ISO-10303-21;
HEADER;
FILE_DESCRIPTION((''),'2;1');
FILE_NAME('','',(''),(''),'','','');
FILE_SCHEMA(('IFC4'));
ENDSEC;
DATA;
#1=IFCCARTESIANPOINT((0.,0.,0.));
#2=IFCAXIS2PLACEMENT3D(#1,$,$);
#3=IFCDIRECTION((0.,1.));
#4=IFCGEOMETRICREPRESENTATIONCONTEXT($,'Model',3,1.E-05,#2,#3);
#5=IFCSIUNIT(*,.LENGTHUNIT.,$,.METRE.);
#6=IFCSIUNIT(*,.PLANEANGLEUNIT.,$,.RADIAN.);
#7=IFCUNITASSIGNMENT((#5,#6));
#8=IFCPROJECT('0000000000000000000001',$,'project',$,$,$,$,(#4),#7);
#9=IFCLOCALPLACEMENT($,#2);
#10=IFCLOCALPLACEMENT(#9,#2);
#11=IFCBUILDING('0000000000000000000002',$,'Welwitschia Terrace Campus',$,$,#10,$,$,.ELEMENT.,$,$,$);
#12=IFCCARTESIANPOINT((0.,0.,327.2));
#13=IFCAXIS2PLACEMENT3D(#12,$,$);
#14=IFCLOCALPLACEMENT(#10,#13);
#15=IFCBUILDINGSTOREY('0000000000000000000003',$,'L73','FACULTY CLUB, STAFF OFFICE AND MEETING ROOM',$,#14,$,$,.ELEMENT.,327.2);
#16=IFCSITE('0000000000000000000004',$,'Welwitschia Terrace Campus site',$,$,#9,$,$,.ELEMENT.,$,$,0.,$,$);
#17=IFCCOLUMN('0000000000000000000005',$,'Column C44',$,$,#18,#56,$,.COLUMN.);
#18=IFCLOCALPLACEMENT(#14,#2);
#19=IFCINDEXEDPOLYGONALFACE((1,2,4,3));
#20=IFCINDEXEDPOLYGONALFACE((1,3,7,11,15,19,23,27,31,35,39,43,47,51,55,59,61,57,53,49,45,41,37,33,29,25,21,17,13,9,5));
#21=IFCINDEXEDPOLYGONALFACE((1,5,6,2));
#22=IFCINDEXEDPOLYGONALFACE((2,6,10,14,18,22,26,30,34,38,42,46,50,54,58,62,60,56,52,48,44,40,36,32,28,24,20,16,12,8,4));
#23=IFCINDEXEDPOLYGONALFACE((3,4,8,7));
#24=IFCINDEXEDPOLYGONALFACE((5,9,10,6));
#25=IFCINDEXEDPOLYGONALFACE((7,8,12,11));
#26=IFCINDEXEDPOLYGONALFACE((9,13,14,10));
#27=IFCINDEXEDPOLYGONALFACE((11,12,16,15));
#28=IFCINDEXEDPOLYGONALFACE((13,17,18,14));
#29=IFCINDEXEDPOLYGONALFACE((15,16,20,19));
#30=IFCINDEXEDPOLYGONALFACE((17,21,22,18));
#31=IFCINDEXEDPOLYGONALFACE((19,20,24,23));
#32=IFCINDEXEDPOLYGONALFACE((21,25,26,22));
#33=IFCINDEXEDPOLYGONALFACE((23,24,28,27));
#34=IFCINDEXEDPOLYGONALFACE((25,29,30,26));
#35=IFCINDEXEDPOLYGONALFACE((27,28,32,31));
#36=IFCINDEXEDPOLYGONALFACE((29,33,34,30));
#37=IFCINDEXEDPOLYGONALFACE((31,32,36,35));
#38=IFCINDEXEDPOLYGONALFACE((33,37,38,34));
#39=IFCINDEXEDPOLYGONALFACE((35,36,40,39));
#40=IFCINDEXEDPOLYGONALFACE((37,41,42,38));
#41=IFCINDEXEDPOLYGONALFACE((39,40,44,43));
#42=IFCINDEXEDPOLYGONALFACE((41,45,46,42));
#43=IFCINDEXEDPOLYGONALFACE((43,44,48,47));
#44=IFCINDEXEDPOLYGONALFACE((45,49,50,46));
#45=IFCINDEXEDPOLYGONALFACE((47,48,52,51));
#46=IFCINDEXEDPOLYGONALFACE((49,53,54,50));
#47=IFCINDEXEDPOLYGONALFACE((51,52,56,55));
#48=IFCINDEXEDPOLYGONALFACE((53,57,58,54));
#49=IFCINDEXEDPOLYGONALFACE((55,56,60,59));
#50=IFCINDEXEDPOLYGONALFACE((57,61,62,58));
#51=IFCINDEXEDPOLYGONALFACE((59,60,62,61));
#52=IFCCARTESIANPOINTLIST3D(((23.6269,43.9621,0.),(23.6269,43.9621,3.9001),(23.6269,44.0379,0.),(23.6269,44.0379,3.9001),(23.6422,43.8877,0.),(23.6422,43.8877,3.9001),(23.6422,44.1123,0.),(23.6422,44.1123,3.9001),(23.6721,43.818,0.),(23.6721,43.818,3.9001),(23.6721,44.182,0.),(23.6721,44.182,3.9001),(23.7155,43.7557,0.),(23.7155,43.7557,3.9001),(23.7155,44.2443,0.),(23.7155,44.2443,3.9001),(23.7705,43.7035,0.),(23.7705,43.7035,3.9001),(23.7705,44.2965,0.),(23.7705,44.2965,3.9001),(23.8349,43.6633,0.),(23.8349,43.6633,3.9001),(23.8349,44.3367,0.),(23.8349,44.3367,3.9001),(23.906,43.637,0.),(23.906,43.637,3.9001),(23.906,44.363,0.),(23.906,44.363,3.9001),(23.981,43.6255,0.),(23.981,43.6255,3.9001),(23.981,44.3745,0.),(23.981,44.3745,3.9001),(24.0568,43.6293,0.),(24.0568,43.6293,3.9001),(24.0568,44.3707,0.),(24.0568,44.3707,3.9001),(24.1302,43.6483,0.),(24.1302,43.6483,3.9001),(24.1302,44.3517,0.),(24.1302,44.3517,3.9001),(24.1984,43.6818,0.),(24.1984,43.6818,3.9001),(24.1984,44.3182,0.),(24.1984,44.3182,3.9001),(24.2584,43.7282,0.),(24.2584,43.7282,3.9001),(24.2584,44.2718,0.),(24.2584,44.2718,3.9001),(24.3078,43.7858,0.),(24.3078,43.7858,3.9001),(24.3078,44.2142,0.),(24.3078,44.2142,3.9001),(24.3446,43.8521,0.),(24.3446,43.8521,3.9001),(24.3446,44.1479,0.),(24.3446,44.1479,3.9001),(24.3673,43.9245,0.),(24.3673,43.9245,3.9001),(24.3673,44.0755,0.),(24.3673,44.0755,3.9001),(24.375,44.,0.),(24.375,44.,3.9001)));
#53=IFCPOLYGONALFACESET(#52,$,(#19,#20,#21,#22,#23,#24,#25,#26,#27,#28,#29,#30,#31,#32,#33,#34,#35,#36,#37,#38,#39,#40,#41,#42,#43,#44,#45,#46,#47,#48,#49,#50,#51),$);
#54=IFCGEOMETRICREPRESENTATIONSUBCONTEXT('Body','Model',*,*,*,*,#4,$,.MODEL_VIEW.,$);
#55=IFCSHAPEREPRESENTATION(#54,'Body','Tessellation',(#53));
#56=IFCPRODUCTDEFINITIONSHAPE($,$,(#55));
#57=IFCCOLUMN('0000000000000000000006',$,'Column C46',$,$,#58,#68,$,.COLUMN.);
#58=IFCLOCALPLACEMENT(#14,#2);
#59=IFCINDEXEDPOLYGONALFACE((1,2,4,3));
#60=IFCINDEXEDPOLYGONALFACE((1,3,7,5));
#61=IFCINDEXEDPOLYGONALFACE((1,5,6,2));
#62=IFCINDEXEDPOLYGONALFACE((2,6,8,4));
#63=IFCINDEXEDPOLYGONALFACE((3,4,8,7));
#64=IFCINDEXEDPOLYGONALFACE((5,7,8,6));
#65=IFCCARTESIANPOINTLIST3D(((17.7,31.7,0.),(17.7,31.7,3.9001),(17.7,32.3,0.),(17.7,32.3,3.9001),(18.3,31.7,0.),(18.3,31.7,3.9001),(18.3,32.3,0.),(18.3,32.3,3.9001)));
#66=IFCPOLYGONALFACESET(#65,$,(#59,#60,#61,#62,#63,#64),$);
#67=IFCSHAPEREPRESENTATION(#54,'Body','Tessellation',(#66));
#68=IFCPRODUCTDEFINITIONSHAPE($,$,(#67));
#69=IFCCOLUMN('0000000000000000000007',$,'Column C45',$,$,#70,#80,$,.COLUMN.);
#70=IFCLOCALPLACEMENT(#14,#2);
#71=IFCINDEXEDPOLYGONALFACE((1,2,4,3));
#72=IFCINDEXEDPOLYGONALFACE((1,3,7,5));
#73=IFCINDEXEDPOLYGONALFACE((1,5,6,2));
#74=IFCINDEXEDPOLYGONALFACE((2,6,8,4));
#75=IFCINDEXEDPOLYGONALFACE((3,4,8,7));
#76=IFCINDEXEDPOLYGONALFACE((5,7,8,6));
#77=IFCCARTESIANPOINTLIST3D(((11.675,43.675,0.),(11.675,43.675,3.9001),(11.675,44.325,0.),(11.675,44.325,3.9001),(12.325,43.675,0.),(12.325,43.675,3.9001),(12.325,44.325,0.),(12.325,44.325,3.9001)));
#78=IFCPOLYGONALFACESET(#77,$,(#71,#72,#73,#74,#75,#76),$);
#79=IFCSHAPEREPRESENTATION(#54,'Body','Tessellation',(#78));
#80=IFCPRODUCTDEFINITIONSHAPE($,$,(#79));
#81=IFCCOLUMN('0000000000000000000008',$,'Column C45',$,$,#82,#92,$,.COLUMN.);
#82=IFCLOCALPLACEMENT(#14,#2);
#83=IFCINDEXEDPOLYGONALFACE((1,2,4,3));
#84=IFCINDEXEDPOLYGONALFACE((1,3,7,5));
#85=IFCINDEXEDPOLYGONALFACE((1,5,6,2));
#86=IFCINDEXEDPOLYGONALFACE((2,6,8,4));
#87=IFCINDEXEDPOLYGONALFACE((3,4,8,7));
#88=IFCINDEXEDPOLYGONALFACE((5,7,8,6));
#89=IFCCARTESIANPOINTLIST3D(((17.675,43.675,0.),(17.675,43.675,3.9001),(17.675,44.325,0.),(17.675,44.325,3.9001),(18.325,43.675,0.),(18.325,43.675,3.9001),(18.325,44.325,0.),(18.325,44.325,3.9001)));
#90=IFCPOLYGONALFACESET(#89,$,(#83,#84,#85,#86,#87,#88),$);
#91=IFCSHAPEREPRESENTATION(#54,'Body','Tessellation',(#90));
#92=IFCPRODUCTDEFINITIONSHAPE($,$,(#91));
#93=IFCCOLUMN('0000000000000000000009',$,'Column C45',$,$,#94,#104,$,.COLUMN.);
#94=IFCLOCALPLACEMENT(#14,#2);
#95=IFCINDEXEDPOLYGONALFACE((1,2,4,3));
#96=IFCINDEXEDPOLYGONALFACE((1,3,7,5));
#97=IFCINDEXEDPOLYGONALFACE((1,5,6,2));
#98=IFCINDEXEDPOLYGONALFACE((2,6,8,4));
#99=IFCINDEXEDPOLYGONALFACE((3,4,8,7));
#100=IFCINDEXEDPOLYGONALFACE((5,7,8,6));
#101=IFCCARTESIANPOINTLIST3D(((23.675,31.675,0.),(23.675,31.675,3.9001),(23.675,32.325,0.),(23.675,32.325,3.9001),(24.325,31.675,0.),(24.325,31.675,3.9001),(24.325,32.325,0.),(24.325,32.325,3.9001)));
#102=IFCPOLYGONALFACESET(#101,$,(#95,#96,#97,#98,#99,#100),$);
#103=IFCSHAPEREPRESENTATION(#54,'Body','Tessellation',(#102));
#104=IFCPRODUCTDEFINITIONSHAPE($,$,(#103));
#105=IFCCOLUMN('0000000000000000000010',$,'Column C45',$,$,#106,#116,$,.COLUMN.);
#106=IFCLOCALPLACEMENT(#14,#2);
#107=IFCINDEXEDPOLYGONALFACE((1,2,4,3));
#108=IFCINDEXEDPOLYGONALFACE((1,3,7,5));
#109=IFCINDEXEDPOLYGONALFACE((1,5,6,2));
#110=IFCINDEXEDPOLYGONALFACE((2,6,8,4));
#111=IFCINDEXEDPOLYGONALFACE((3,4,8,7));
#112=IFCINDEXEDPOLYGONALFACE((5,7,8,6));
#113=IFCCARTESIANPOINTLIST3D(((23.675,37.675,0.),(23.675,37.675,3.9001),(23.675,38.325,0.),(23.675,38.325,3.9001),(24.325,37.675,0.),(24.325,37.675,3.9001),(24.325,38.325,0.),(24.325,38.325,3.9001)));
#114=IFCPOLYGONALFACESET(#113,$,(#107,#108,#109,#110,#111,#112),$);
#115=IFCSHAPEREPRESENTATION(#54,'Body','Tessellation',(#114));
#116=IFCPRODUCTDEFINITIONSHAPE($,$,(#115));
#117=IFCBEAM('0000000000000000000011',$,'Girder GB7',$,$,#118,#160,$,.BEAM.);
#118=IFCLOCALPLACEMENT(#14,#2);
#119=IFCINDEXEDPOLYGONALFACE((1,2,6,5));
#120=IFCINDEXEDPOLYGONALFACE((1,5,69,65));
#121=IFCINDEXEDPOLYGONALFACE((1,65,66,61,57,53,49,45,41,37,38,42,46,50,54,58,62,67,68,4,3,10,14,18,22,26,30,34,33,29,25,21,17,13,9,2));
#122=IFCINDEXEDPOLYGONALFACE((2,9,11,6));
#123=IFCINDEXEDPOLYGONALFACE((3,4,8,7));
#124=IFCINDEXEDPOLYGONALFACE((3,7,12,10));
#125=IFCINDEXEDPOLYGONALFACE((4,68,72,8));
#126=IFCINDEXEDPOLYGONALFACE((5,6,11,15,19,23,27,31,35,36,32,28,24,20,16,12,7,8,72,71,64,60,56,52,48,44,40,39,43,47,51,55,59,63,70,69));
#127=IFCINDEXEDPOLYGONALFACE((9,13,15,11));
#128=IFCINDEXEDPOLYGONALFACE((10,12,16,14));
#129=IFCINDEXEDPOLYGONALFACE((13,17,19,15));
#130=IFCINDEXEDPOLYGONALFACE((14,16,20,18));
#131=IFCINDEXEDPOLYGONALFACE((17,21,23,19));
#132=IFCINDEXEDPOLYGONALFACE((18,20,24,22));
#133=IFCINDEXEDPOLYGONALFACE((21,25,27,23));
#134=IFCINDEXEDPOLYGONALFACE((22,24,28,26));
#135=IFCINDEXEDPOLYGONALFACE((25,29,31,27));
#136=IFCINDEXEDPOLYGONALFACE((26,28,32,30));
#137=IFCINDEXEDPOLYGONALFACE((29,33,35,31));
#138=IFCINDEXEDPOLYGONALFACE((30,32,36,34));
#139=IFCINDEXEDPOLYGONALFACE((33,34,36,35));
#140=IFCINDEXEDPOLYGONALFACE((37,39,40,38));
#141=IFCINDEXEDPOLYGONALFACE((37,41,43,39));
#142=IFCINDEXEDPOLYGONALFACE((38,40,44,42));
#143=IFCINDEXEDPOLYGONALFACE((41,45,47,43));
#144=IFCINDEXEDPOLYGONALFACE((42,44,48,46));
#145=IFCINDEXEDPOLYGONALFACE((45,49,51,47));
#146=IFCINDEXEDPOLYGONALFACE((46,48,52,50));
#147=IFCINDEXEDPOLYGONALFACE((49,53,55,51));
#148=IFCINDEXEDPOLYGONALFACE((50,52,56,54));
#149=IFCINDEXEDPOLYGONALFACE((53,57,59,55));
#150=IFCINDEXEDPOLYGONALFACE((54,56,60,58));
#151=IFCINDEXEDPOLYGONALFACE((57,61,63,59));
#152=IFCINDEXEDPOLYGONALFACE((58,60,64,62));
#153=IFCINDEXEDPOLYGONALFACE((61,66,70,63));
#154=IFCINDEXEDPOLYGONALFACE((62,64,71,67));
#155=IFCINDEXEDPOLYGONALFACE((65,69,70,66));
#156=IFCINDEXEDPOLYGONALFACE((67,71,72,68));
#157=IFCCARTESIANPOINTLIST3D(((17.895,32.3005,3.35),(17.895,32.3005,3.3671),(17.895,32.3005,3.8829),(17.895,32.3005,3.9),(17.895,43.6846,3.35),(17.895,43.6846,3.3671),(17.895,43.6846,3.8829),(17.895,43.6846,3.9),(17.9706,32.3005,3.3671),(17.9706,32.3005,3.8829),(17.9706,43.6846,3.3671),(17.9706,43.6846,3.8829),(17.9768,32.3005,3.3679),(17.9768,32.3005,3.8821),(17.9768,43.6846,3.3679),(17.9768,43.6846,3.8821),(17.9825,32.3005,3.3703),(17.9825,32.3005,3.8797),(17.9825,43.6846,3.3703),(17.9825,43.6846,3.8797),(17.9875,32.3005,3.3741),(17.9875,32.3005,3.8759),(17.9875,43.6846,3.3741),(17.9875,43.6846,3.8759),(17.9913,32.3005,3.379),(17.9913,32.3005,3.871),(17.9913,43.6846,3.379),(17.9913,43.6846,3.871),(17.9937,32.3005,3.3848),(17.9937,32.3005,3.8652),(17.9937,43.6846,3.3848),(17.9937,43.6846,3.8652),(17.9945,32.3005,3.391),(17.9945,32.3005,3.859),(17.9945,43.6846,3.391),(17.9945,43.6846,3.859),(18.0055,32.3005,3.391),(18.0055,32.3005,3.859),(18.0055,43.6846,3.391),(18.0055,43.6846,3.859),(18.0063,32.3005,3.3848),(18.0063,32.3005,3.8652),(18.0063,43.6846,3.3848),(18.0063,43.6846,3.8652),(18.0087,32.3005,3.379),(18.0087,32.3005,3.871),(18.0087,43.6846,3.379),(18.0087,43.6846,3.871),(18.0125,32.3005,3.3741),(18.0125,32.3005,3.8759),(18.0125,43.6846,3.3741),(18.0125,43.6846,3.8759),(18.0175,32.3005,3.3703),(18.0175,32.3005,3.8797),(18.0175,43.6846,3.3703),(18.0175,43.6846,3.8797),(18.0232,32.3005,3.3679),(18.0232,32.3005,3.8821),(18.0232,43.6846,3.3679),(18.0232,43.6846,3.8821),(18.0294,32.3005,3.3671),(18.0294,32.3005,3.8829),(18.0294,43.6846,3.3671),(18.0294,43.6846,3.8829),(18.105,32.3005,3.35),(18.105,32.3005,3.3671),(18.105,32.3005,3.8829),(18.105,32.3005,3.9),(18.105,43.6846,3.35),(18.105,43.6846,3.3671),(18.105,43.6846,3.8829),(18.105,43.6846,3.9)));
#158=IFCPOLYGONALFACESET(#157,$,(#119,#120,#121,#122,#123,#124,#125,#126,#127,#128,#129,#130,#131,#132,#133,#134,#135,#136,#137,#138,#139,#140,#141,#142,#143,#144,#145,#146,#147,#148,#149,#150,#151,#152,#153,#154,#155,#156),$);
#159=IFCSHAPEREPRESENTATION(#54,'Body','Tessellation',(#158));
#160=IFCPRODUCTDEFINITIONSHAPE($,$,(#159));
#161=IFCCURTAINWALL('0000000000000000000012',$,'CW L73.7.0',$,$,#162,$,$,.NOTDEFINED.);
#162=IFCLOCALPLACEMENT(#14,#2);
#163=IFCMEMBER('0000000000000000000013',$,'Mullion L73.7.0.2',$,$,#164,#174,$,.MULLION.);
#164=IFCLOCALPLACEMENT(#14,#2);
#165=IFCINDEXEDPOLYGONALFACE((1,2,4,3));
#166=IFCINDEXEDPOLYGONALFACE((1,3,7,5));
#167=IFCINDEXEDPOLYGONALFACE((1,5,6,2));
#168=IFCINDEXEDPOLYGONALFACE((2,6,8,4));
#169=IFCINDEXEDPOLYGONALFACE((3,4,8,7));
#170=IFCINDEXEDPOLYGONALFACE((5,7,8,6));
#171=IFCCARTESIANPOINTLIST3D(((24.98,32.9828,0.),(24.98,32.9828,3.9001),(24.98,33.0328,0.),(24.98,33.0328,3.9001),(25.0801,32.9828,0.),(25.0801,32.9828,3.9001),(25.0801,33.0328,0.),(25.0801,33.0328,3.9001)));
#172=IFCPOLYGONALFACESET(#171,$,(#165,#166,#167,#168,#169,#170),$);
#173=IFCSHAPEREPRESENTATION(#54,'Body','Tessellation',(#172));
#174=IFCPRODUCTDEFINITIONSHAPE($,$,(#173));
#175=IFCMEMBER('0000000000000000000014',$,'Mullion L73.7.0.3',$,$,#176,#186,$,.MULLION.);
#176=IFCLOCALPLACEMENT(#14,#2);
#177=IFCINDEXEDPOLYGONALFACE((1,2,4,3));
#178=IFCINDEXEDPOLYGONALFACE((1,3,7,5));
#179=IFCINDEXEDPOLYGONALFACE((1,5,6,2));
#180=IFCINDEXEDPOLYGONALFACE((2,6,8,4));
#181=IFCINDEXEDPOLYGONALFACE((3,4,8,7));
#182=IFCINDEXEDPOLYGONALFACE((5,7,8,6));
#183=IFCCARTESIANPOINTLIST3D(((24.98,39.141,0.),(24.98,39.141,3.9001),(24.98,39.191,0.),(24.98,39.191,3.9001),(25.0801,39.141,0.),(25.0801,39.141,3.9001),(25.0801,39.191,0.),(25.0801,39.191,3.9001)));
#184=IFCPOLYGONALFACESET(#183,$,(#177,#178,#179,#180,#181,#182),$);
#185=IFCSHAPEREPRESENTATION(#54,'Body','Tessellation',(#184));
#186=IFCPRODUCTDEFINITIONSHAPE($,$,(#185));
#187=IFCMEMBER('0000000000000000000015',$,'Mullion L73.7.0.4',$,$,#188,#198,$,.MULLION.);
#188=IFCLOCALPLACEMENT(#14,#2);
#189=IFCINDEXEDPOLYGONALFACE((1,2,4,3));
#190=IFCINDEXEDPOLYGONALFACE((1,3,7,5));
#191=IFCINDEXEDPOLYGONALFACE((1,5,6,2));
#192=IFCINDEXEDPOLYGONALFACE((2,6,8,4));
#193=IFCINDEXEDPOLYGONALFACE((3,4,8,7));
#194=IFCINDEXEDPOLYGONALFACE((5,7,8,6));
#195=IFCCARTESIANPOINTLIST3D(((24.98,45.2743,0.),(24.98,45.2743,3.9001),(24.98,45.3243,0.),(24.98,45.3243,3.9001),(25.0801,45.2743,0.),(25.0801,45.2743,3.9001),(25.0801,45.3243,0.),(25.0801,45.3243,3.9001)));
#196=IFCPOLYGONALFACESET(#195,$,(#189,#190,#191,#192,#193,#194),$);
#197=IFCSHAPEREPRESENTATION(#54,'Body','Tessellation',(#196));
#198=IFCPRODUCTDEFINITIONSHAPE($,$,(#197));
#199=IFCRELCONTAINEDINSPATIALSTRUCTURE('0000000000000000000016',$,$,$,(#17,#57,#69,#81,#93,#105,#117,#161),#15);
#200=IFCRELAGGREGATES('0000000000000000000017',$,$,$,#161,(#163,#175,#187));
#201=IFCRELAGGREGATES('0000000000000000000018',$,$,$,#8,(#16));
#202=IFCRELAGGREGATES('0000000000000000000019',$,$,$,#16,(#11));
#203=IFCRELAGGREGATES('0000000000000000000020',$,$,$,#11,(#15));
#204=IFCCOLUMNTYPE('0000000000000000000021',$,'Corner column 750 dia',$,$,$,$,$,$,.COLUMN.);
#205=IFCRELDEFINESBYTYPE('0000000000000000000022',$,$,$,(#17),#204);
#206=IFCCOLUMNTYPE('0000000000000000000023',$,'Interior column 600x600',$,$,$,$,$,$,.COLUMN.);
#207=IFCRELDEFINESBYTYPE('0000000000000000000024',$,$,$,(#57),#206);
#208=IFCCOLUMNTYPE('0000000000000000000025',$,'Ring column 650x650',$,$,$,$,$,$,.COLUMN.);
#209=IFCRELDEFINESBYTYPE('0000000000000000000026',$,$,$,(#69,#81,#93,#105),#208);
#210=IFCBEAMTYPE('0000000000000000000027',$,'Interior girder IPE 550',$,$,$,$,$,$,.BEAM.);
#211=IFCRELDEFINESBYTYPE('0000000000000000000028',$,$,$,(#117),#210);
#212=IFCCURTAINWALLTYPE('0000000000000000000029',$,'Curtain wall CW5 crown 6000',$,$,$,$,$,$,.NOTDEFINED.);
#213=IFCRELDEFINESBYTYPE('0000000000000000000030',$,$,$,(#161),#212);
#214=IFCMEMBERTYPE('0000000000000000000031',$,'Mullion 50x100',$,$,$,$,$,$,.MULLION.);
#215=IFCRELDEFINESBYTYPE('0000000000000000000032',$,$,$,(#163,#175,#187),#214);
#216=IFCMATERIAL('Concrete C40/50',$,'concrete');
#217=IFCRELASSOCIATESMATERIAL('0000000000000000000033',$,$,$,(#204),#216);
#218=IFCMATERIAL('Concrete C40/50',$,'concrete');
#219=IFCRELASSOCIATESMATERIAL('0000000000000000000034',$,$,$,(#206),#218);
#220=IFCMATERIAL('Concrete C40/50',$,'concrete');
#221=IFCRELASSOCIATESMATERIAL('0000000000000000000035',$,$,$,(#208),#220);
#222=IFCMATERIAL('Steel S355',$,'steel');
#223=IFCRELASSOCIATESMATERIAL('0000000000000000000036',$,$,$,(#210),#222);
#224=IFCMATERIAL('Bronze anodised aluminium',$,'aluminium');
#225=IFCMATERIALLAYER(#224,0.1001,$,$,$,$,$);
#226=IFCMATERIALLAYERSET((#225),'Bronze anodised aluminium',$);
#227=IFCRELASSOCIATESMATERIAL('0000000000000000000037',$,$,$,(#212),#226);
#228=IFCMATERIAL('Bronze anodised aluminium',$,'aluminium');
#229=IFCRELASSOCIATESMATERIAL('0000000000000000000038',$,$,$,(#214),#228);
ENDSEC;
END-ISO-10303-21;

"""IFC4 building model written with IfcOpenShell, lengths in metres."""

from ifc_helpers import new_model, si_unit, direction, frame, origin, origin_2d, place, context, subcontext, project, spatial, rectangle, circle, i_section, extrude, material, layer, layer_set, material_profile, profile_set, type_object, element, aggregate, save


model = new_model("IFC4")

# Units and contexts
model_context = context("Model", 3, precision=1e-05, world=origin(), true_north=direction((0.0, 1.0)))
body_context = subcontext(model_context, "Body", "Model", "MODEL_VIEW")
ifc_project = project(units=[si_unit("LENGTHUNIT", "METRE"), si_unit("PLANEANGLEUNIT", "RADIAN")], contexts=[model_context])

# Site, building, storey
site_placement = place(None, origin())
site = spatial("IfcSite", under=ifc_project, at=site_placement, Name="Welwitschia Terrace Campus site", CompositionType="ELEMENT", RefElevation=0.0)
building_placement = place(site_placement, origin())
building = spatial("IfcBuilding", under=site, at=building_placement, Name="Welwitschia Terrace Campus", CompositionType="ELEMENT")
storey_placement = place(building_placement, frame((0.0, 0.0, 327.2)))
storey = spatial("IfcBuildingStorey", under=building, at=storey_placement, Name="L73", Description="FACULTY CLUB, STAFF OFFICE AND MEETING ROOM", CompositionType="ELEMENT", Elevation=327.2)

# Columns
ifc_material_1 = material(Name="Concrete C40/50", Category="concrete")
ifc_material_profile_1 = material_profile(ifc_material_1, circle(Radius=0.375, at=origin_2d()))
ifc_profile_set_1 = profile_set([ifc_material_profile_1], Name="Concrete C40/50")
column_type_1 = type_object("IfcColumnType", Name="Corner column 750 dia", PredefinedType="COLUMN", material=ifc_profile_set_1)
column_1_placement = place(storey_placement, frame((24.0, 44.0, 0.0), z_axis=(0.0, 0.0, 1.0), x_axis=(1.0, 0.0, 0.0)))
element("IfcColumn", 1, at=column_1_placement, inside=storey, type_object=column_type_1, Name="Column C44", PredefinedType="COLUMN", context=body_context, shape_type="SweptSolid", body=[
    extrude(circle(Radius=0.375, at=origin_2d()), origin(), (0.0, 0.0, 1.0), 3.9001),
])
ifc_material_2 = material(Name="Concrete C40/50", Category="concrete")
ifc_material_profile_2 = material_profile(ifc_material_2, rectangle(XDim=0.6001, YDim=0.6001, at=origin_2d()))
ifc_profile_set_2 = profile_set([ifc_material_profile_2], Name="Concrete C40/50")
column_type_2 = type_object("IfcColumnType", Name="Interior column 600x600", PredefinedType="COLUMN", material=ifc_profile_set_2)
column_2_placement = place(storey_placement, frame((18.0, 32.0, 0.0), z_axis=(0.0, 0.0, 1.0), x_axis=(1.0, 0.0, 0.0)))
element("IfcColumn", 2, at=column_2_placement, inside=storey, type_object=column_type_2, Name="Column C46", PredefinedType="COLUMN", context=body_context, shape_type="SweptSolid", body=[
    extrude(rectangle(XDim=0.6001, YDim=0.6001, at=origin_2d()), origin(), (0.0, 0.0, 1.0), 3.9001),
])
ifc_material_3 = material(Name="Concrete C40/50", Category="concrete")
ifc_material_profile_3 = material_profile(ifc_material_3, rectangle(XDim=0.6499, YDim=0.6499, at=origin_2d()))
ifc_profile_set_3 = profile_set([ifc_material_profile_3], Name="Concrete C40/50")
column_type_3 = type_object("IfcColumnType", Name="Ring column 650x650", PredefinedType="COLUMN", material=ifc_profile_set_3)
for number, where, z_axis, x_axis, name in (
    (3, (12.0, 44.0, 0.0), (0.0, 0.0, 1.0), (1.0, 0.0, 0.0), "Column C45"),
    (4, (18.0, 44.0, 0.0), (0.0, 0.0, 1.0), (1.0, 0.0, 0.0), "Column C45"),
    (5, (24.0, 32.0, 0.0), (0.0, 0.0, 1.0), (1.0, 0.0, 0.0), "Column C45"),
    (6, (24.0, 38.0, 0.0), (0.0, 0.0, 1.0), (1.0, 0.0, 0.0), "Column C45"),
):
    element("IfcColumn", number, at=place(storey_placement, frame(where, z_axis=z_axis, x_axis=x_axis)), inside=storey, type_object=column_type_3, Name=name, PredefinedType="COLUMN", context=body_context, shape_type="SweptSolid", body=[
        extrude(rectangle(XDim=0.6499, YDim=0.6499, at=origin_2d()), origin(), (0.0, 0.0, 1.0), 3.9001),
    ])

# Beam
ifc_material_4 = material(Name="Steel S355", Category="steel")
ifc_material_profile_4 = material_profile(ifc_material_4, i_section(OverallWidth=0.21, OverallDepth=0.55, WebThickness=0.011, FlangeThickness=0.0171, FilletRadius=0.0239, at=origin_2d()))
ifc_profile_set_4 = profile_set([ifc_material_profile_4], Name="Steel S355")
beam_type_1 = type_object("IfcBeamType", Name="Interior girder IPE 550", PredefinedType="BEAM", material=ifc_profile_set_4)
beam_1_placement = place(storey_placement, frame((18.0, 32.3005, 3.625), z_axis=(0.0, 1.0, 0.0), x_axis=(-1.0, 0.0, 0.0)))
element("IfcBeam", 7, at=beam_1_placement, inside=storey, type_object=beam_type_1, Name="Girder GB7", PredefinedType="BEAM", context=body_context, shape_type="SweptSolid", body=[
    extrude(i_section(OverallWidth=0.21, OverallDepth=0.55, WebThickness=0.011, FlangeThickness=0.0171, FilletRadius=0.0239, at=origin_2d()), origin(), (0.0, 0.0, 1.0), 11.384),
])

# Curtain wall, members
ifc_material_5 = material(Name="Bronze anodised aluminium", Category="aluminium")
ifc_layer_1 = layer(ifc_material_5, 0.1001)
ifc_layer_set_1 = layer_set([ifc_layer_1], Name="Bronze anodised aluminium")
curtain_wall_type = type_object("IfcCurtainWallType", Name="Curtain wall CW5 crown 6000", PredefinedType="NOTDEFINED", material=ifc_layer_set_1)
curtain_wall_1_placement = place(storey_placement, origin())
curtain_wall_1 = element("IfcCurtainWall", 8, at=curtain_wall_1_placement, inside=storey, type_object=curtain_wall_type, Name="CW L73.7.0", PredefinedType="NOTDEFINED")
ifc_material_6 = material(Name="Bronze anodised aluminium", Category="aluminium")
ifc_material_profile_5 = material_profile(ifc_material_6, rectangle(XDim=0.1001, YDim=0.05, at=origin_2d()))
ifc_profile_set_5 = profile_set([ifc_material_profile_5], Name="Bronze anodised aluminium")
member_type_1 = type_object("IfcMemberType", Name="Mullion 50x100", PredefinedType="MULLION", material=ifc_profile_set_5)
member_1_placement = place(storey_placement, frame((25.03, 33.0078, 0.0), z_axis=(0.0, 0.0, 1.0), x_axis=(-1.0, 0.0, 0.0)))
member_1 = element("IfcMember", 9, at=member_1_placement, type_object=member_type_1, Name="Mullion L73.7.0.2", PredefinedType="MULLION", context=body_context, shape_type="SweptSolid", body=[
    extrude(rectangle(XDim=0.1001, YDim=0.05, at=origin_2d()), origin(), (0.0, 0.0, 1.0), 3.9001),
])
member_2_placement = place(storey_placement, frame((25.03, 39.166, 0.0), z_axis=(0.0, 0.0, 1.0), x_axis=(-1.0, 0.0, 0.0)))
member_2 = element("IfcMember", 10, at=member_2_placement, type_object=member_type_1, Name="Mullion L73.7.0.3", PredefinedType="MULLION", context=body_context, shape_type="SweptSolid", body=[
    extrude(rectangle(XDim=0.1001, YDim=0.05, at=origin_2d()), origin(), (0.0, 0.0, 1.0), 3.9001),
])
member_3_placement = place(storey_placement, frame((25.03, 45.2993, 0.0), z_axis=(0.0, 0.0, 1.0), x_axis=(-1.0, 0.0, 0.0)))
member_3 = element("IfcMember", 11, at=member_3_placement, type_object=member_type_1, Name="Mullion L73.7.0.4", PredefinedType="MULLION", context=body_context, shape_type="SweptSolid", body=[
    extrude(rectangle(XDim=0.1001, YDim=0.05, at=origin_2d()), origin(), (0.0, 0.0, 1.0), 3.9001),
])

aggregate(curtain_wall_1, [member_1, member_2, member_3])

save(model, "model.ifc")
